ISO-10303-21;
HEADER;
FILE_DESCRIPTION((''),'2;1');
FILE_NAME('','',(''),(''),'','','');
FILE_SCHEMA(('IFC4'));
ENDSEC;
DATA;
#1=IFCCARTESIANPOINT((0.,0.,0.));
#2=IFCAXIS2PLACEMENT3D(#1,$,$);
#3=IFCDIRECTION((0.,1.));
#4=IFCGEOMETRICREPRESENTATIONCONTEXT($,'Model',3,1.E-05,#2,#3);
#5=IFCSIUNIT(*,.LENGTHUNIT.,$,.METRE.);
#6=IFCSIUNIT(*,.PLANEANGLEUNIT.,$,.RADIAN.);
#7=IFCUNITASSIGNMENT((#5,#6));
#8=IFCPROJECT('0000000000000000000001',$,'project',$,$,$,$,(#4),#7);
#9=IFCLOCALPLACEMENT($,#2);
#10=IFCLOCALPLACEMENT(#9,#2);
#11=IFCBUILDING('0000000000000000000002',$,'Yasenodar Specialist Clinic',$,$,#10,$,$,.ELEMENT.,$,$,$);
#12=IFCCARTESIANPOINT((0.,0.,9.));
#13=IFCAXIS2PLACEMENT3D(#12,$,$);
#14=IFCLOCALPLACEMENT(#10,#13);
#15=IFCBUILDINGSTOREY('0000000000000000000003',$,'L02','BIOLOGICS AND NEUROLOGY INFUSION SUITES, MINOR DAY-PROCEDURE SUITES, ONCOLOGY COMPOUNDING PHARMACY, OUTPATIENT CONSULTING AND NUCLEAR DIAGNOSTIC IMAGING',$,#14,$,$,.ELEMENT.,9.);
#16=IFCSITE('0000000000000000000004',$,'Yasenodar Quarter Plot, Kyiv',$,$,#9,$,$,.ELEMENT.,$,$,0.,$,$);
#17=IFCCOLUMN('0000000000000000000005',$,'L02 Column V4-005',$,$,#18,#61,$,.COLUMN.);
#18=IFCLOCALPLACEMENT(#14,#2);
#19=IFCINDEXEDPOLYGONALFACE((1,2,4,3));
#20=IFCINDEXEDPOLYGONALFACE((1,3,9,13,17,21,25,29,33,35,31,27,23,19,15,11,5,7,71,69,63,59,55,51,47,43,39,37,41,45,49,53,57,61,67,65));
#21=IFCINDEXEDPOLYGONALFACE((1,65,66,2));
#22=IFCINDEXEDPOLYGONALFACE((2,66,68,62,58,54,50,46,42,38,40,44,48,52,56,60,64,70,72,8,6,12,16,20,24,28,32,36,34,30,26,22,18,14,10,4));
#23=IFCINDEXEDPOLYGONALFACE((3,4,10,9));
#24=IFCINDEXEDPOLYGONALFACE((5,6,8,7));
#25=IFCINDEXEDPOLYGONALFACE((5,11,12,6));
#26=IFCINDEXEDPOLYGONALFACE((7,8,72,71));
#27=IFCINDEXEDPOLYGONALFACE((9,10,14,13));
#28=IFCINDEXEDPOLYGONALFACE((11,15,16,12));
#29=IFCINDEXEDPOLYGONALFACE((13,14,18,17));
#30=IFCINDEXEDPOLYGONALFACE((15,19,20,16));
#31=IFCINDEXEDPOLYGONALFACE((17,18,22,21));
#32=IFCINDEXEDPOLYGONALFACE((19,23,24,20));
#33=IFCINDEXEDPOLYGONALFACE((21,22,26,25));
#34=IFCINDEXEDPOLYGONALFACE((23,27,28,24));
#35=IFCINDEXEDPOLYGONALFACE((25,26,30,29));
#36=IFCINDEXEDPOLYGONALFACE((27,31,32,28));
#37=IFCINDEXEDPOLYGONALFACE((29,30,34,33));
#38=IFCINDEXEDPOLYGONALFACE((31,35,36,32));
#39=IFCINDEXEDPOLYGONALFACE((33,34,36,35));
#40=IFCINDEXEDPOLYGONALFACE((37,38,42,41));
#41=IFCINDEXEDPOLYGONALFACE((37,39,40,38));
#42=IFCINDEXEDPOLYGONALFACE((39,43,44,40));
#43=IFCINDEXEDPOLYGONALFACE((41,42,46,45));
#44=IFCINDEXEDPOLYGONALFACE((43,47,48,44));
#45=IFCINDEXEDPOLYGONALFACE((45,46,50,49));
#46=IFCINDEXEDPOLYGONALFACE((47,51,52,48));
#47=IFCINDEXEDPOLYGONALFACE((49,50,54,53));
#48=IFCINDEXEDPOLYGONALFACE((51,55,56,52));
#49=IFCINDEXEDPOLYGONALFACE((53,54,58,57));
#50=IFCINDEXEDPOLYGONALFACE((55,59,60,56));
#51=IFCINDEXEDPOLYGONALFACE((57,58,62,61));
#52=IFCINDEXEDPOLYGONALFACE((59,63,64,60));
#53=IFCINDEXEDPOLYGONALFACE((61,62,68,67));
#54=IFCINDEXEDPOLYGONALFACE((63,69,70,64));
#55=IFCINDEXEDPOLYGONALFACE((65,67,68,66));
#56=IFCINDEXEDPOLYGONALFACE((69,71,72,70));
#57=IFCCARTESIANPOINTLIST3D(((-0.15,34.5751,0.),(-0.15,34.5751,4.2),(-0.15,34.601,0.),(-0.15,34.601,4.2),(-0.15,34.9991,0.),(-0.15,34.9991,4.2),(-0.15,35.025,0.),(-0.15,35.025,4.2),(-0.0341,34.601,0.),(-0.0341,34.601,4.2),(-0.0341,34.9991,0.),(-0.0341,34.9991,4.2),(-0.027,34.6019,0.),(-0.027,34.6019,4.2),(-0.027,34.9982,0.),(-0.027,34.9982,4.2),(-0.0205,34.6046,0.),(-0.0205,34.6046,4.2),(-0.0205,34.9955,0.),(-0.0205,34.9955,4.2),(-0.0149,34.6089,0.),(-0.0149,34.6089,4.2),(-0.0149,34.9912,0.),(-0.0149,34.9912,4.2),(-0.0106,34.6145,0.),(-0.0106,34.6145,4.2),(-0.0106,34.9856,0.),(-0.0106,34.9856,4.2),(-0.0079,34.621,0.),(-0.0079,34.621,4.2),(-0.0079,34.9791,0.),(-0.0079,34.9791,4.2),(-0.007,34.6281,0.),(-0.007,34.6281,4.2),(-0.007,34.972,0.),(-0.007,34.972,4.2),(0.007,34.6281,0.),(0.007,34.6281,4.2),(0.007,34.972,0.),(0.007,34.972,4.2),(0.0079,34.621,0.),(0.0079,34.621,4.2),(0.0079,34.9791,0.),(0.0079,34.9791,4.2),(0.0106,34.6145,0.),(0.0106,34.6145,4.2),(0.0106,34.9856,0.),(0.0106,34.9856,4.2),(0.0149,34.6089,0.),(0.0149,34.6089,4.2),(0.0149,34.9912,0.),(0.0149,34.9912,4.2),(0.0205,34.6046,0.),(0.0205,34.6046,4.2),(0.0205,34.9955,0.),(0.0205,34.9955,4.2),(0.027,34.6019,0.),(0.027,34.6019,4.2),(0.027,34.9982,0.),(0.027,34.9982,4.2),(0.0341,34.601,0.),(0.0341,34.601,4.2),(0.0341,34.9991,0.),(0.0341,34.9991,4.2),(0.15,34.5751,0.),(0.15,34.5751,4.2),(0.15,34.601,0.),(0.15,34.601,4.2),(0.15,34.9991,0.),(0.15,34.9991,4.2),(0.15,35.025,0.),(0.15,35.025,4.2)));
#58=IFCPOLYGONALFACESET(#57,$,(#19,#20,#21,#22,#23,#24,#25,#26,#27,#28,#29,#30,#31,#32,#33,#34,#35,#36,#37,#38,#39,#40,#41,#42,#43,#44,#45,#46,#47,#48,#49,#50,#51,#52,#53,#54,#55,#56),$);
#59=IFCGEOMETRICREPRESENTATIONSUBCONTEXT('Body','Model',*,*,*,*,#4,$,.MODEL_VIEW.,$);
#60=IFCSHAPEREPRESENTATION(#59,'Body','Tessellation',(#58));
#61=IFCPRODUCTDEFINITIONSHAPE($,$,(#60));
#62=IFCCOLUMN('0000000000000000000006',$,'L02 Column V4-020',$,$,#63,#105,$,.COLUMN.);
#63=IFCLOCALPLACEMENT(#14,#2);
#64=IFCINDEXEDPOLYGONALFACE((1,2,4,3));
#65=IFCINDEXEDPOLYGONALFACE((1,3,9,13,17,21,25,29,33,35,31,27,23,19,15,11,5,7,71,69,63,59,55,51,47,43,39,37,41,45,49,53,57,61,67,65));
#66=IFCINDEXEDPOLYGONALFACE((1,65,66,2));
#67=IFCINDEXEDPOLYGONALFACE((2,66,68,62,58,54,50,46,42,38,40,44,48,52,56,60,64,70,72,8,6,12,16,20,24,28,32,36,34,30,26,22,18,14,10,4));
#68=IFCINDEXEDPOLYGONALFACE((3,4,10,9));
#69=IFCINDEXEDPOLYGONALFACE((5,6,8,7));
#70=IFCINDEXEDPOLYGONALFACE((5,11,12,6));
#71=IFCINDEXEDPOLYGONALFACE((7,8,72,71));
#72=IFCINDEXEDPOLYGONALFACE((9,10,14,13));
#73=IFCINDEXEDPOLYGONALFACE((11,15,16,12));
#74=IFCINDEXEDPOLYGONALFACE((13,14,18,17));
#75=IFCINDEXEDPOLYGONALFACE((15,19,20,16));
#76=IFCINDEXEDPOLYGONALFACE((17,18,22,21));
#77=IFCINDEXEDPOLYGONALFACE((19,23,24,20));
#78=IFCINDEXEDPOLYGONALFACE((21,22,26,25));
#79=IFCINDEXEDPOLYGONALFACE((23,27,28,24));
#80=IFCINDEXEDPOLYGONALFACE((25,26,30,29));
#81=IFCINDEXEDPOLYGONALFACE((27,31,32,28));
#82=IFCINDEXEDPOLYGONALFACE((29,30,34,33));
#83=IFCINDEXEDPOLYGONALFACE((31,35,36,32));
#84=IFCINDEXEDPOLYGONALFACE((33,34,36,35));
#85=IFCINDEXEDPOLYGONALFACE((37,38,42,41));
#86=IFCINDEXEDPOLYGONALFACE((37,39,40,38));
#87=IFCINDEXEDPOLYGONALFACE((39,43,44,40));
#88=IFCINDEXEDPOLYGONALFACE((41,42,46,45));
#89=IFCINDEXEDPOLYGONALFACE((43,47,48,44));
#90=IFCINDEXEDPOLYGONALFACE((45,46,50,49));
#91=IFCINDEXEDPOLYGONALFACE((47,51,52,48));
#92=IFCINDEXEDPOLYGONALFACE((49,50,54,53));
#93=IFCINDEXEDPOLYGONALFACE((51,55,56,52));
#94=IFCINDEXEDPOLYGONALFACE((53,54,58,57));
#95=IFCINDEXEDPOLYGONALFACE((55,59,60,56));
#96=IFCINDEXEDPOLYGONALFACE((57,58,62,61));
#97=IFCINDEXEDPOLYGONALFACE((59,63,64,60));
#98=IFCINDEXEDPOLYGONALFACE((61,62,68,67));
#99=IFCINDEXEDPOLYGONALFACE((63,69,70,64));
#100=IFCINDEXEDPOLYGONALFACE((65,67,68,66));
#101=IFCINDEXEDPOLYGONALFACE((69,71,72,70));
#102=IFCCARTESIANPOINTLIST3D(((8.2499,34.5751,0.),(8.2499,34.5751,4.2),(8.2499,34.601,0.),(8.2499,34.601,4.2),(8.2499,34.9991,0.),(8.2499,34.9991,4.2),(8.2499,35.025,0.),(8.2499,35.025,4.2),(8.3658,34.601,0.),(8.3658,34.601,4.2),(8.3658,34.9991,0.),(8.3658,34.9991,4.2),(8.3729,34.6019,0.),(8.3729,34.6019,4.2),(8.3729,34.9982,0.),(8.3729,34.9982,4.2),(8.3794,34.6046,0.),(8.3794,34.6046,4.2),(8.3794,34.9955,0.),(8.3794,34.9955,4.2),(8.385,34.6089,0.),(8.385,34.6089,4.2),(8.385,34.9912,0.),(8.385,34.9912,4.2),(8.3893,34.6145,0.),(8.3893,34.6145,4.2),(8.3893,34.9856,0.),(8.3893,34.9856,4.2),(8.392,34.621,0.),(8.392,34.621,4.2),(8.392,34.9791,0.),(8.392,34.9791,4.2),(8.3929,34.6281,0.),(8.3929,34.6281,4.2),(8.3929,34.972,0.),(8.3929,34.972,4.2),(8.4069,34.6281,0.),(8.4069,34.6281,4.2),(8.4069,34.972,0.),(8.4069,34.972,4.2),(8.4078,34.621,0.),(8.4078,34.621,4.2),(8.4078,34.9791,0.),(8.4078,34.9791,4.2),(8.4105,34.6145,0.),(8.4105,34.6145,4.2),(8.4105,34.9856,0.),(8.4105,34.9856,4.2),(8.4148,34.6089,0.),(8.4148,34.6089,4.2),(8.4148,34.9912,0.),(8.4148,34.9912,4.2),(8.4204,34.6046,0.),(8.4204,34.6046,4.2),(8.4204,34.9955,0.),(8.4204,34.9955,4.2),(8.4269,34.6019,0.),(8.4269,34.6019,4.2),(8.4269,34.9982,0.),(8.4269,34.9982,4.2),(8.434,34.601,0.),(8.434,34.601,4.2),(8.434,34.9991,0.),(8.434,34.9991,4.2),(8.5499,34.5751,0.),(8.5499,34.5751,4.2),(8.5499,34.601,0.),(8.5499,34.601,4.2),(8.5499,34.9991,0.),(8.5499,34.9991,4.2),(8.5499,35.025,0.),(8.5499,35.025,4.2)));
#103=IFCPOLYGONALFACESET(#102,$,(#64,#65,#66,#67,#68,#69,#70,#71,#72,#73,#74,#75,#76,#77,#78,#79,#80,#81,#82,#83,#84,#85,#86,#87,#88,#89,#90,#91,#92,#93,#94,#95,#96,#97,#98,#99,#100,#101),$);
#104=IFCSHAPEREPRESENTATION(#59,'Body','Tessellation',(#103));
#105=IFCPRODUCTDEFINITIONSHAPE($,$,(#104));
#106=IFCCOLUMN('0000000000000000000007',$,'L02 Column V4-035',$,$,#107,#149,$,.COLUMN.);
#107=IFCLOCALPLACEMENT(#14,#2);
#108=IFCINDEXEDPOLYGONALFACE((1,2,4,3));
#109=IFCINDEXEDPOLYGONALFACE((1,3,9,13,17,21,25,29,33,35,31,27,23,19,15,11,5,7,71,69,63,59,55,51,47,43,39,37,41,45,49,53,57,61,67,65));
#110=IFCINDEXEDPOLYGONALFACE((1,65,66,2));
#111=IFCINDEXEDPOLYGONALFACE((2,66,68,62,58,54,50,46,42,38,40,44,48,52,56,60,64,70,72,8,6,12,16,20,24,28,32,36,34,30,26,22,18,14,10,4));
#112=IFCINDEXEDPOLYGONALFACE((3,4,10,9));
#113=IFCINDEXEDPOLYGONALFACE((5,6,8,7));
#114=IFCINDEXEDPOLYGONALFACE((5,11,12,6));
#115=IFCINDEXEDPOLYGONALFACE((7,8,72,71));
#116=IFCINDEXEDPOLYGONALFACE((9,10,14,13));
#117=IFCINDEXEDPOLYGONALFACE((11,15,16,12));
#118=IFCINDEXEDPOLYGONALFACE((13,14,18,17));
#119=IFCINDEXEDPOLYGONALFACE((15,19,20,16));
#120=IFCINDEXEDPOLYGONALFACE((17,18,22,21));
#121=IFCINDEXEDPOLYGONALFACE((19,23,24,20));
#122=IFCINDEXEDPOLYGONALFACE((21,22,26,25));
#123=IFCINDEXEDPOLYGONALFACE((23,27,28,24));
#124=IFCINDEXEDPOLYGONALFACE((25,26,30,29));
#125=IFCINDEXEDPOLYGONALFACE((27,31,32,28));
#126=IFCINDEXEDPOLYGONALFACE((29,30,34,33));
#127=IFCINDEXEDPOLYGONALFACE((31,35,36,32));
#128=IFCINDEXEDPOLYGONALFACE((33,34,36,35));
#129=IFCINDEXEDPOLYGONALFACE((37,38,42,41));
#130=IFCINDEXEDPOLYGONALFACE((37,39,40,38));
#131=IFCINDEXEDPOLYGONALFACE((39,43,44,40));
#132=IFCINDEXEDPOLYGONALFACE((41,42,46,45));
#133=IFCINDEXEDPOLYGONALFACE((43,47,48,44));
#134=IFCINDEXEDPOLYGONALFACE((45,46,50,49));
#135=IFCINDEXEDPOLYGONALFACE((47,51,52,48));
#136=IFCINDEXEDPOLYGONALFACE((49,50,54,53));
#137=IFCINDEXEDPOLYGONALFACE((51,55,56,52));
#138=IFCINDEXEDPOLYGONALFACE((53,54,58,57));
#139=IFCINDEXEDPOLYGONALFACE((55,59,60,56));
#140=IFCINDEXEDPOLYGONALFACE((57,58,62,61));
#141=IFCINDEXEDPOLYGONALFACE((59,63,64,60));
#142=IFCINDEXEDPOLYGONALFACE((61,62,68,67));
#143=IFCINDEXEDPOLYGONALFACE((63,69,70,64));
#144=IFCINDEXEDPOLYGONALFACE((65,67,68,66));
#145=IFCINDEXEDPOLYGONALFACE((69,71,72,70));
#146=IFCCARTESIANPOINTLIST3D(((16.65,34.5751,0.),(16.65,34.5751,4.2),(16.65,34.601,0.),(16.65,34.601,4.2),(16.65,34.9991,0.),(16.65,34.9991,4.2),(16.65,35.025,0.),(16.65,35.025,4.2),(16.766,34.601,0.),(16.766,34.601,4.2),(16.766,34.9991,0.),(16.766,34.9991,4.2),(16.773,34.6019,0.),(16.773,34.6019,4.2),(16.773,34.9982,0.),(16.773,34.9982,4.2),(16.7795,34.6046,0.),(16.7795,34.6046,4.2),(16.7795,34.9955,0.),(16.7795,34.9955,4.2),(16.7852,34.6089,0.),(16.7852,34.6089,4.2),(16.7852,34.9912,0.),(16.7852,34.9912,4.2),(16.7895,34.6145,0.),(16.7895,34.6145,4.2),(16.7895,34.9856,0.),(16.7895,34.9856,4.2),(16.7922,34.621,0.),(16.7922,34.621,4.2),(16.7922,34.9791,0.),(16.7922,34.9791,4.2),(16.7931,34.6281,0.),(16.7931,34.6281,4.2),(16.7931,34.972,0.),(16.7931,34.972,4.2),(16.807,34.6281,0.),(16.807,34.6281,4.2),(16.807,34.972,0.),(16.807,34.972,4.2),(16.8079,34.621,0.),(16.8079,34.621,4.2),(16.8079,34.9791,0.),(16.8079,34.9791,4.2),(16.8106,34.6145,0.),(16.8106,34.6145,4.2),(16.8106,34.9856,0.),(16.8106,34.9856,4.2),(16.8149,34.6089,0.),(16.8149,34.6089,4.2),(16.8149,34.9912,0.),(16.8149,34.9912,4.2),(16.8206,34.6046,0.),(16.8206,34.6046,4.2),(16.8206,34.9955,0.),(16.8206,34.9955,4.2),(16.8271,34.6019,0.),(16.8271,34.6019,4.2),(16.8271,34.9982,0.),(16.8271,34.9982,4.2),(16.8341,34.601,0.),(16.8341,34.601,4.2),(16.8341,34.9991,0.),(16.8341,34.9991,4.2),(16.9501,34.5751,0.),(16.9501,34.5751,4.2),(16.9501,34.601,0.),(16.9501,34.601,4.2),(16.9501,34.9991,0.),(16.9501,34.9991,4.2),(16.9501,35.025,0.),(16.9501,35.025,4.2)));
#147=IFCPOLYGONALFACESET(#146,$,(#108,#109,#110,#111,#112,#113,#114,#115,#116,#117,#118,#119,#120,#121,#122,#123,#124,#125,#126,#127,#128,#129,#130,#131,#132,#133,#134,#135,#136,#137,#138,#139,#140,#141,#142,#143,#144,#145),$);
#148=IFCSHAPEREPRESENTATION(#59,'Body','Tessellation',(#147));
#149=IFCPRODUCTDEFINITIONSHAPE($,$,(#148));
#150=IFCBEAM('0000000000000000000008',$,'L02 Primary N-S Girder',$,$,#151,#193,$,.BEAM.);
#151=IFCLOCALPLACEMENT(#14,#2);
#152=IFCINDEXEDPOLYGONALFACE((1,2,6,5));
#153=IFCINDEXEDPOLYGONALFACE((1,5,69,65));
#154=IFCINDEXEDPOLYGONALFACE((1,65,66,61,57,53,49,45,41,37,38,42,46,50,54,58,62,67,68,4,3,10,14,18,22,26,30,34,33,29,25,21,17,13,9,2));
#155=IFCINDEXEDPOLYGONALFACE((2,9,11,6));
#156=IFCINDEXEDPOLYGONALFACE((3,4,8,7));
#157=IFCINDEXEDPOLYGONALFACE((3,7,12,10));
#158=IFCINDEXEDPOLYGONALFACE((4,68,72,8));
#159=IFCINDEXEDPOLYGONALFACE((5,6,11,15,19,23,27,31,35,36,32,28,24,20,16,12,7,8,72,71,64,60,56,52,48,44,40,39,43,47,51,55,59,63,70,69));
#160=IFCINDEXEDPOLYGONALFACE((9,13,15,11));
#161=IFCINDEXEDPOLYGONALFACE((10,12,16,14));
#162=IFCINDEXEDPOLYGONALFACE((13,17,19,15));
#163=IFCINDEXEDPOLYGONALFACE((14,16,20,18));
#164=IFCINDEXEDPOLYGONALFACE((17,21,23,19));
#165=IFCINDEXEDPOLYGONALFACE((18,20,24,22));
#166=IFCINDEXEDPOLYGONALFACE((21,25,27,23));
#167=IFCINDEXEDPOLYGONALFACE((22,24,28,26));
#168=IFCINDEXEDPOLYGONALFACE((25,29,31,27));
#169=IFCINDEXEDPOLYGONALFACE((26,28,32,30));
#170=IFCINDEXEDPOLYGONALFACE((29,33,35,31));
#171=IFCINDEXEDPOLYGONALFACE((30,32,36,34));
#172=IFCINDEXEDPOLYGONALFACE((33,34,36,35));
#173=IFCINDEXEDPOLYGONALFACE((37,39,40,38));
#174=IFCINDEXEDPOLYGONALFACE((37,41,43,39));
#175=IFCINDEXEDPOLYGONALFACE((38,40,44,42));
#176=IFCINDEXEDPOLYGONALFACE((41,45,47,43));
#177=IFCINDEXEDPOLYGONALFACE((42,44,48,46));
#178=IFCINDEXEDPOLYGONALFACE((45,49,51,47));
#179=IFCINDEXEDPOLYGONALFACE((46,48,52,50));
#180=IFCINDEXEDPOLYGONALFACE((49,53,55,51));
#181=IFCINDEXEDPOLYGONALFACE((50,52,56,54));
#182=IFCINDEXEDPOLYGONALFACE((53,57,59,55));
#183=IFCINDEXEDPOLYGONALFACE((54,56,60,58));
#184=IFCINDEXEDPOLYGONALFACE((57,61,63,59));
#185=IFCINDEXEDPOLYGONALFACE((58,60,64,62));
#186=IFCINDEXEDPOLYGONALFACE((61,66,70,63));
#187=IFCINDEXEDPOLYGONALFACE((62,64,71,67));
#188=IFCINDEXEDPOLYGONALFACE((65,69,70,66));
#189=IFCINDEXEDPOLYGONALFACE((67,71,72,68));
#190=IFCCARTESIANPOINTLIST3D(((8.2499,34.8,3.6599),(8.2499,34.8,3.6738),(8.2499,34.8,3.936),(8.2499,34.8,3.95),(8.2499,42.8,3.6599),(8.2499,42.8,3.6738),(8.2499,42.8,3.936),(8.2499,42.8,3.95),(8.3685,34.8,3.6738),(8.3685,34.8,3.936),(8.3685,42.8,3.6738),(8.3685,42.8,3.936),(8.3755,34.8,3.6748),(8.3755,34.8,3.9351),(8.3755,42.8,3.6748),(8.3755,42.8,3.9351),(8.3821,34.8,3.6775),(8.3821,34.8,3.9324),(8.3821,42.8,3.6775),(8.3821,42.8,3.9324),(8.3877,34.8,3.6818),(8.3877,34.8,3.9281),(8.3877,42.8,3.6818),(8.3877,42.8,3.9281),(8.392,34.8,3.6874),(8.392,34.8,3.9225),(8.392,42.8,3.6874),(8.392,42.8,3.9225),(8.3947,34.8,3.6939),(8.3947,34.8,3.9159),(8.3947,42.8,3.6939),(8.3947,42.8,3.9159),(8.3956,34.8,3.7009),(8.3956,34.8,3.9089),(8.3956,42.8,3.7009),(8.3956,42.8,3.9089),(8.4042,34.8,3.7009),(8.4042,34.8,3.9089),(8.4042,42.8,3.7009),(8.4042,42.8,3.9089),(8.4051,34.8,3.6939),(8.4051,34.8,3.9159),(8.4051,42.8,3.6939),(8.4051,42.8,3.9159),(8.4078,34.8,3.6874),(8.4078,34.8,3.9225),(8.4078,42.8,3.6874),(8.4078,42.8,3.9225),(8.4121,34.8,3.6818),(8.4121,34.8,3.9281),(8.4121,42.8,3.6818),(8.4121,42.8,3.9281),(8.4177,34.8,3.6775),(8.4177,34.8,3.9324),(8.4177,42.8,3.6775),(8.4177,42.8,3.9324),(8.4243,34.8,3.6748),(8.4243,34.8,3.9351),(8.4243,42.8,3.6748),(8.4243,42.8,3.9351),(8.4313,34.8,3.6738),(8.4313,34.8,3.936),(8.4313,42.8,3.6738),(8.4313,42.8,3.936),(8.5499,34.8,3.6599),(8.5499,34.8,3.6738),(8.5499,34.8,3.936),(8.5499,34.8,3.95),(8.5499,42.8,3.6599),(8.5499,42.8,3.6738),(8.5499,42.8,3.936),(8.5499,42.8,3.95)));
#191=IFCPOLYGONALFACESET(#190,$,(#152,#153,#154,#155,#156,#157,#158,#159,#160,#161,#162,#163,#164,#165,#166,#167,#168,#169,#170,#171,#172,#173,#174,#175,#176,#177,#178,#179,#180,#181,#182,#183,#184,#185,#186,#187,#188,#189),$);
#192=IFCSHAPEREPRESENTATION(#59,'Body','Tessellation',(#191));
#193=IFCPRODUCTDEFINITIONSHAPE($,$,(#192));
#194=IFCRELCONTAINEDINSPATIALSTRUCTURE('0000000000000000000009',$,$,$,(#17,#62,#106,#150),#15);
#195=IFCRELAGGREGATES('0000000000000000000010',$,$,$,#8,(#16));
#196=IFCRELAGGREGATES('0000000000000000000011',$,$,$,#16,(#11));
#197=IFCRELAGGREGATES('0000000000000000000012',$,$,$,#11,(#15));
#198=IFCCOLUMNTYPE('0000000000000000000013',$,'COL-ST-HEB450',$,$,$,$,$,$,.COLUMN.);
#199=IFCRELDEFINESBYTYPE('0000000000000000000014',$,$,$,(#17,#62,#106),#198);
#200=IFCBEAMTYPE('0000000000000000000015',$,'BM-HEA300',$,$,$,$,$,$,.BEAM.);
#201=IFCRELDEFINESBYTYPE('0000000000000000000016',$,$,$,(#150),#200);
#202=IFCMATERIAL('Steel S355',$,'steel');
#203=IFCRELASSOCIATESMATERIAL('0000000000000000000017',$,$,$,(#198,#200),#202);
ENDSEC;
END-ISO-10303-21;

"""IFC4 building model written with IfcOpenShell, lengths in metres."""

from ifc_helpers import new_model, si_unit, direction, frame, origin, origin_2d, place, context, subcontext, project, spatial, i_section, extrude, material, material_profile, profile_set, type_object, element, save


model = new_model("IFC4")

# Units and contexts
model_context = context("Model", 3, precision=1e-05, world=origin(), true_north=direction((0.0, 1.0)))
body_context = subcontext(model_context, "Body", "Model", "MODEL_VIEW")
ifc_project = project(units=[si_unit("LENGTHUNIT", "METRE"), si_unit("PLANEANGLEUNIT", "RADIAN")], contexts=[model_context])

# Site, building, storey
site_placement = place(None, origin())
site = spatial("IfcSite", under=ifc_project, at=site_placement, Name="Yasenodar Quarter Plot, Kyiv", CompositionType="ELEMENT", RefElevation=0.0)
building_placement = place(site_placement, origin())
building = spatial("IfcBuilding", under=site, at=building_placement, Name="Yasenodar Specialist Clinic", CompositionType="ELEMENT")
storey_placement = place(building_placement, frame((0.0, 0.0, 9.0)))
storey = spatial("IfcBuildingStorey", under=building, at=storey_placement, Name="L02", Description="BIOLOGICS AND NEUROLOGY INFUSION SUITES, MINOR DAY-PROCEDURE SUITES, ONCOLOGY COMPOUNDING PHARMACY, OUTPATIENT CONSULTING AND NUCLEAR DIAGNOSTIC IMAGING", CompositionType="ELEMENT", Elevation=9.0)

# Columns
ifc_material_1 = material(Name="Steel S355", Category="steel")
ifc_material_profile_1 = material_profile(ifc_material_1, i_section(OverallWidth=0.3, OverallDepth=0.45, WebThickness=0.0139, FlangeThickness=0.0259, FilletRadius=0.0271, at=origin_2d()), Name="HEB 450")
ifc_profile_set_1 = profile_set([ifc_material_profile_1], Name="Steel S355")
column_type = type_object("IfcColumnType", Name="COL-ST-HEB450", PredefinedType="COLUMN", material=ifc_profile_set_1)
for number, where, z_axis, x_axis, name in (
    (1, (0.0, 34.8, 0.0), (0.0, 0.0, 1.0), (1.0, 0.0, 0.0), "L02 Column V4-005"),
    (2, (8.3999, 34.8, 0.0), (0.0, 0.0, 1.0), (1.0, 0.0, 0.0), "L02 Column V4-020"),
    (3, (16.8, 34.8, 0.0), (0.0, 0.0, 1.0), (1.0, 0.0, 0.0), "L02 Column V4-035"),
):
    element("IfcColumn", number, at=place(storey_placement, frame(where, z_axis=z_axis, x_axis=x_axis)), inside=storey, type_object=column_type, Name=name, PredefinedType="COLUMN", context=body_context, shape_type="SweptSolid", body=[
        extrude(i_section(OverallWidth=0.3, OverallDepth=0.45, WebThickness=0.0139, FlangeThickness=0.0259, FilletRadius=0.0271, at=origin_2d()), origin(), (0.0, 0.0, 1.0), 4.2),
    ])

# Beam
ifc_material_profile_2 = material_profile(ifc_material_1, i_section(OverallWidth=0.3, OverallDepth=0.29, WebThickness=0.0085, FlangeThickness=0.0139, FilletRadius=0.0271, at=origin_2d()), Name="HEA 300")
ifc_profile_set_2 = profile_set([ifc_material_profile_2], Name="Steel S355")
beam_type_1 = type_object("IfcBeamType", Name="BM-HEA300", PredefinedType="BEAM", material=ifc_profile_set_2)
beam_1_placement = place(storey_placement, frame((8.3999, 34.8, 3.8049), z_axis=(0.0, 1.0, 0.0), x_axis=(-1.0, 0.0, 0.0)))
element("IfcBeam", 4, at=beam_1_placement, inside=storey, type_object=beam_type_1, Name="L02 Primary N-S Girder", PredefinedType="BEAM", context=body_context, shape_type="SweptSolid", body=[
    extrude(i_section(OverallWidth=0.3, OverallDepth=0.29, WebThickness=0.0085, FlangeThickness=0.0139, FilletRadius=0.0271, at=origin_2d()), origin(), (0.0, 0.0, 1.0), 8.0),
])

save(model, "model.ifc")
